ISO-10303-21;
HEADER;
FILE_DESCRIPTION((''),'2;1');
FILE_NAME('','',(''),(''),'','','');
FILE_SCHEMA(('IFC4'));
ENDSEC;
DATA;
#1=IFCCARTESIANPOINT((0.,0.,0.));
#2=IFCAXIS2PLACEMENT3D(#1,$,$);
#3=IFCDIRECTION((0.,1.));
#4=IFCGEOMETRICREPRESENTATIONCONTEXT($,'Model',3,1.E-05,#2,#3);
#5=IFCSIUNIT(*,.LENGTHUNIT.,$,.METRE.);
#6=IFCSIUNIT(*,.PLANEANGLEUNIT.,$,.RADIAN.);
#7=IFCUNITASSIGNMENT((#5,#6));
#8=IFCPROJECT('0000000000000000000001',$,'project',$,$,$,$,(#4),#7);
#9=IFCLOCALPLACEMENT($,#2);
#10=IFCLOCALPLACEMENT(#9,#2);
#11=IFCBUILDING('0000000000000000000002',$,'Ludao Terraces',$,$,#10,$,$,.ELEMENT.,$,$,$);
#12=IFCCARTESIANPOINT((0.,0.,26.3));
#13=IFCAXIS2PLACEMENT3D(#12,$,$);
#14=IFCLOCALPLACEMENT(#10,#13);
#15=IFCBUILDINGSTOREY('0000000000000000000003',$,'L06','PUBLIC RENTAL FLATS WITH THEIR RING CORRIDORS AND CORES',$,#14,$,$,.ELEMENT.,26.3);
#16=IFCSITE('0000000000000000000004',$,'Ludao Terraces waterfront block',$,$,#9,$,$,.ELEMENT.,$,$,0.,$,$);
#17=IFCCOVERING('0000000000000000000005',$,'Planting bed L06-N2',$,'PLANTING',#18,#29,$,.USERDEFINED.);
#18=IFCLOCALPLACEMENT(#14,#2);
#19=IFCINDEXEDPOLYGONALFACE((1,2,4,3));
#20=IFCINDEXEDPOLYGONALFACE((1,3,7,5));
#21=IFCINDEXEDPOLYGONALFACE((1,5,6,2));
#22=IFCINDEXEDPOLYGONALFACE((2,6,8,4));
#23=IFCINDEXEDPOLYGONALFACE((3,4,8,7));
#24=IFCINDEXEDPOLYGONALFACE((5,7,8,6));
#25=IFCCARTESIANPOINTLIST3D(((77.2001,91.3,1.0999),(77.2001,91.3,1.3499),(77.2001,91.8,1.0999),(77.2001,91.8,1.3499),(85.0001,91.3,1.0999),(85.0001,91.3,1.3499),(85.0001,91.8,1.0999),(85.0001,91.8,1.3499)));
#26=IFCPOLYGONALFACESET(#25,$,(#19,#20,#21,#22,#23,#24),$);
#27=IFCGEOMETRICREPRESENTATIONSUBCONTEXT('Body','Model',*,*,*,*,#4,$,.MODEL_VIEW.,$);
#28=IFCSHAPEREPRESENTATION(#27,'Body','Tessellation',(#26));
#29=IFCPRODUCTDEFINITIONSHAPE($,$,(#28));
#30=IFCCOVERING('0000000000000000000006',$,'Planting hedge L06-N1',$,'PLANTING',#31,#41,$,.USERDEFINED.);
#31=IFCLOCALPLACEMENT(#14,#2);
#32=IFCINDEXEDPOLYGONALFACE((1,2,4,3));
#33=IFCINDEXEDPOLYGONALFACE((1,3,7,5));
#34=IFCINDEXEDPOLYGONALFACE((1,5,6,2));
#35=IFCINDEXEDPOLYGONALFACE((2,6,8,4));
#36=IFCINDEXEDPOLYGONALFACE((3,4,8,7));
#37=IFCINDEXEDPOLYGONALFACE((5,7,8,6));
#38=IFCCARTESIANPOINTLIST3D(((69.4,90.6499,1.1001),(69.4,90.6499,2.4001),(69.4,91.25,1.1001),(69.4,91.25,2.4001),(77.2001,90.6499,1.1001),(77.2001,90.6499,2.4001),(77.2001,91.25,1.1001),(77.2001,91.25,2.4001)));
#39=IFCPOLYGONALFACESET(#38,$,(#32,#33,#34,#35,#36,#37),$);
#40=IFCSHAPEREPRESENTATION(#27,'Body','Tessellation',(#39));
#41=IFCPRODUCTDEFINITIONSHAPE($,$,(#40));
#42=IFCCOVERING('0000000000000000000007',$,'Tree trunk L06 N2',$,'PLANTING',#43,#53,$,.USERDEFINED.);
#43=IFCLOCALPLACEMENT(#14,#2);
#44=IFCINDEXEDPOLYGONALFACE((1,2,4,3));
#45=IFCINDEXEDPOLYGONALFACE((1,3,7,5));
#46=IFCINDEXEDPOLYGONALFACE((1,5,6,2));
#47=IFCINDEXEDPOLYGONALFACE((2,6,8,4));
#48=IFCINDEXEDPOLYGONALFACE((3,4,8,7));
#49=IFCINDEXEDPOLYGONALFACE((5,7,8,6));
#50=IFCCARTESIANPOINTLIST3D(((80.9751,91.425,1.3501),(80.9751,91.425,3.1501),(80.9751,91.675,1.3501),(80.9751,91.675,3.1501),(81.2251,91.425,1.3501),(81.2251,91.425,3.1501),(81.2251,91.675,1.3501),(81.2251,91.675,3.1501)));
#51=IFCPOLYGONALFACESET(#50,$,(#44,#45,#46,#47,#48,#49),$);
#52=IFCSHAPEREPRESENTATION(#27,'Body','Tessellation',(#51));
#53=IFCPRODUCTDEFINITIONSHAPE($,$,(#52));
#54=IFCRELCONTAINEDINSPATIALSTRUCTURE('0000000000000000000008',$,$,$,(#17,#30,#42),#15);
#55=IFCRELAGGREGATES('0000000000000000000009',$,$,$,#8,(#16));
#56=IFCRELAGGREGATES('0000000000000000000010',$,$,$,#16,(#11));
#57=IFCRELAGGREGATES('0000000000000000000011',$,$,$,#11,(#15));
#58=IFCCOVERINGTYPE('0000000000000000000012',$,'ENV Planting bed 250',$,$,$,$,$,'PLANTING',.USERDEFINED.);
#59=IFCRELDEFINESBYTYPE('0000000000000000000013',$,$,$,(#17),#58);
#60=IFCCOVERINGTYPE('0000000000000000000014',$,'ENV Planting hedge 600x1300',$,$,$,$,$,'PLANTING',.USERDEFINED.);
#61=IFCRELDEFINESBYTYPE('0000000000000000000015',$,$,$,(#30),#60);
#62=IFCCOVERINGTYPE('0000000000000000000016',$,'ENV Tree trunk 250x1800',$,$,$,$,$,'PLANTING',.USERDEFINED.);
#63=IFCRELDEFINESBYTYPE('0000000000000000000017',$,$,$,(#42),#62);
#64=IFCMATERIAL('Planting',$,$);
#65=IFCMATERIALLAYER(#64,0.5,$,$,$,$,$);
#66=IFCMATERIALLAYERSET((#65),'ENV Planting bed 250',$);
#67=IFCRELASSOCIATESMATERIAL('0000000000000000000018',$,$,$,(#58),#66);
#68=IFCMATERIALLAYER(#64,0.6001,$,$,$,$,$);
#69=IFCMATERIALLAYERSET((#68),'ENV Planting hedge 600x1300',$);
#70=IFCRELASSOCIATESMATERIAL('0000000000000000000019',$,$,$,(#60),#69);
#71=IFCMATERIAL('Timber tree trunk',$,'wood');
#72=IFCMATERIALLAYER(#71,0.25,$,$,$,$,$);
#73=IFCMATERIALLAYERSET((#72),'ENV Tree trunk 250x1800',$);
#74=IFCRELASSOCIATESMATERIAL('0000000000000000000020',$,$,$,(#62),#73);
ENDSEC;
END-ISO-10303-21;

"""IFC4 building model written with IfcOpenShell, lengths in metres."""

from ifc_helpers import new_model, si_unit, direction, frame, origin, origin_2d, place, context, subcontext, project, spatial, rectangle, extrude, material, layer, layer_set, type_object, element, save


model = new_model("IFC4")

# Units and contexts
model_context = context("Model", 3, precision=1e-05, world=origin(), true_north=direction((0.0, 1.0)))
body_context = subcontext(model_context, "Body", "Model", "MODEL_VIEW")
ifc_project = project(units=[si_unit("LENGTHUNIT", "METRE"), si_unit("PLANEANGLEUNIT", "RADIAN")], contexts=[model_context])

# Site, building, storey
site_placement = place(None, origin())
site = spatial("IfcSite", under=ifc_project, at=site_placement, Name="Ludao Terraces waterfront block", CompositionType="ELEMENT", RefElevation=0.0)
building_placement = place(site_placement, origin())
building = spatial("IfcBuilding", under=site, at=building_placement, Name="Ludao Terraces", CompositionType="ELEMENT")
storey_placement = place(building_placement, frame((0.0, 0.0, 26.3)))
storey = spatial("IfcBuildingStorey", under=building, at=storey_placement, Name="L06", Description="PUBLIC RENTAL FLATS WITH THEIR RING CORRIDORS AND CORES", CompositionType="ELEMENT", Elevation=26.3)

# Coverings
ifc_material_1 = material(Name="Planting")
ifc_layer_1 = layer(ifc_material_1, 0.5)
ifc_layer_set_1 = layer_set([ifc_layer_1], Name="ENV Planting bed 250")
covering_type_1 = type_object("IfcCoveringType", Name="ENV Planting bed 250", ElementType="PLANTING", PredefinedType="USERDEFINED", material=ifc_layer_set_1)
covering_1_placement = place(storey_placement, frame((81.1001, 91.55, 1.0999), z_axis=(0.0, 0.0, 1.0), x_axis=(1.0, 0.0, 0.0)))
element("IfcCovering", 1, at=covering_1_placement, inside=storey, type_object=covering_type_1, Name="Planting bed L06-N2", ObjectType="PLANTING", PredefinedType="USERDEFINED", context=body_context, shape_type="SweptSolid", body=[
    extrude(rectangle(XDim=7.8, YDim=0.5, at=origin_2d()), origin(), (0.0, 0.0, 1.0), 0.25),
])
ifc_layer_2 = layer(ifc_material_1, 0.6001)
ifc_layer_set_2 = layer_set([ifc_layer_2], Name="ENV Planting hedge 600x1300")
covering_type_2 = type_object("IfcCoveringType", Name="ENV Planting hedge 600x1300", ElementType="PLANTING", PredefinedType="USERDEFINED", material=ifc_layer_set_2)
covering_2_placement = place(storey_placement, frame((73.3, 90.95, 1.1001), z_axis=(0.0, 0.0, 1.0), x_axis=(1.0, 0.0, 0.0)))
element("IfcCovering", 2, at=covering_2_placement, inside=storey, type_object=covering_type_2, Name="Planting hedge L06-N1", ObjectType="PLANTING", PredefinedType="USERDEFINED", context=body_context, shape_type="SweptSolid", body=[
    extrude(rectangle(XDim=7.8, YDim=0.6001, at=origin_2d()), origin(), (0.0, 0.0, 1.0), 1.3),
])
ifc_material_2 = material(Name="Timber tree trunk", Category="wood")
ifc_layer_3 = layer(ifc_material_2, 0.25)
ifc_layer_set_3 = layer_set([ifc_layer_3], Name="ENV Tree trunk 250x1800")
covering_type_3 = type_object("IfcCoveringType", Name="ENV Tree trunk 250x1800", ElementType="PLANTING", PredefinedType="USERDEFINED", material=ifc_layer_set_3)
covering_3_placement = place(storey_placement, frame((81.1001, 91.55, 1.3501), z_axis=(0.0, 0.0, 1.0), x_axis=(1.0, 0.0, 0.0)))
element("IfcCovering", 3, at=covering_3_placement, inside=storey, type_object=covering_type_3, Name="Tree trunk L06 N2", ObjectType="PLANTING", PredefinedType="USERDEFINED", context=body_context, shape_type="SweptSolid", body=[
    extrude(rectangle(XDim=0.25, YDim=0.25, at=origin_2d()), origin(), (0.0, 0.0, 1.0), 1.8),
])

save(model, "model.ifc")
